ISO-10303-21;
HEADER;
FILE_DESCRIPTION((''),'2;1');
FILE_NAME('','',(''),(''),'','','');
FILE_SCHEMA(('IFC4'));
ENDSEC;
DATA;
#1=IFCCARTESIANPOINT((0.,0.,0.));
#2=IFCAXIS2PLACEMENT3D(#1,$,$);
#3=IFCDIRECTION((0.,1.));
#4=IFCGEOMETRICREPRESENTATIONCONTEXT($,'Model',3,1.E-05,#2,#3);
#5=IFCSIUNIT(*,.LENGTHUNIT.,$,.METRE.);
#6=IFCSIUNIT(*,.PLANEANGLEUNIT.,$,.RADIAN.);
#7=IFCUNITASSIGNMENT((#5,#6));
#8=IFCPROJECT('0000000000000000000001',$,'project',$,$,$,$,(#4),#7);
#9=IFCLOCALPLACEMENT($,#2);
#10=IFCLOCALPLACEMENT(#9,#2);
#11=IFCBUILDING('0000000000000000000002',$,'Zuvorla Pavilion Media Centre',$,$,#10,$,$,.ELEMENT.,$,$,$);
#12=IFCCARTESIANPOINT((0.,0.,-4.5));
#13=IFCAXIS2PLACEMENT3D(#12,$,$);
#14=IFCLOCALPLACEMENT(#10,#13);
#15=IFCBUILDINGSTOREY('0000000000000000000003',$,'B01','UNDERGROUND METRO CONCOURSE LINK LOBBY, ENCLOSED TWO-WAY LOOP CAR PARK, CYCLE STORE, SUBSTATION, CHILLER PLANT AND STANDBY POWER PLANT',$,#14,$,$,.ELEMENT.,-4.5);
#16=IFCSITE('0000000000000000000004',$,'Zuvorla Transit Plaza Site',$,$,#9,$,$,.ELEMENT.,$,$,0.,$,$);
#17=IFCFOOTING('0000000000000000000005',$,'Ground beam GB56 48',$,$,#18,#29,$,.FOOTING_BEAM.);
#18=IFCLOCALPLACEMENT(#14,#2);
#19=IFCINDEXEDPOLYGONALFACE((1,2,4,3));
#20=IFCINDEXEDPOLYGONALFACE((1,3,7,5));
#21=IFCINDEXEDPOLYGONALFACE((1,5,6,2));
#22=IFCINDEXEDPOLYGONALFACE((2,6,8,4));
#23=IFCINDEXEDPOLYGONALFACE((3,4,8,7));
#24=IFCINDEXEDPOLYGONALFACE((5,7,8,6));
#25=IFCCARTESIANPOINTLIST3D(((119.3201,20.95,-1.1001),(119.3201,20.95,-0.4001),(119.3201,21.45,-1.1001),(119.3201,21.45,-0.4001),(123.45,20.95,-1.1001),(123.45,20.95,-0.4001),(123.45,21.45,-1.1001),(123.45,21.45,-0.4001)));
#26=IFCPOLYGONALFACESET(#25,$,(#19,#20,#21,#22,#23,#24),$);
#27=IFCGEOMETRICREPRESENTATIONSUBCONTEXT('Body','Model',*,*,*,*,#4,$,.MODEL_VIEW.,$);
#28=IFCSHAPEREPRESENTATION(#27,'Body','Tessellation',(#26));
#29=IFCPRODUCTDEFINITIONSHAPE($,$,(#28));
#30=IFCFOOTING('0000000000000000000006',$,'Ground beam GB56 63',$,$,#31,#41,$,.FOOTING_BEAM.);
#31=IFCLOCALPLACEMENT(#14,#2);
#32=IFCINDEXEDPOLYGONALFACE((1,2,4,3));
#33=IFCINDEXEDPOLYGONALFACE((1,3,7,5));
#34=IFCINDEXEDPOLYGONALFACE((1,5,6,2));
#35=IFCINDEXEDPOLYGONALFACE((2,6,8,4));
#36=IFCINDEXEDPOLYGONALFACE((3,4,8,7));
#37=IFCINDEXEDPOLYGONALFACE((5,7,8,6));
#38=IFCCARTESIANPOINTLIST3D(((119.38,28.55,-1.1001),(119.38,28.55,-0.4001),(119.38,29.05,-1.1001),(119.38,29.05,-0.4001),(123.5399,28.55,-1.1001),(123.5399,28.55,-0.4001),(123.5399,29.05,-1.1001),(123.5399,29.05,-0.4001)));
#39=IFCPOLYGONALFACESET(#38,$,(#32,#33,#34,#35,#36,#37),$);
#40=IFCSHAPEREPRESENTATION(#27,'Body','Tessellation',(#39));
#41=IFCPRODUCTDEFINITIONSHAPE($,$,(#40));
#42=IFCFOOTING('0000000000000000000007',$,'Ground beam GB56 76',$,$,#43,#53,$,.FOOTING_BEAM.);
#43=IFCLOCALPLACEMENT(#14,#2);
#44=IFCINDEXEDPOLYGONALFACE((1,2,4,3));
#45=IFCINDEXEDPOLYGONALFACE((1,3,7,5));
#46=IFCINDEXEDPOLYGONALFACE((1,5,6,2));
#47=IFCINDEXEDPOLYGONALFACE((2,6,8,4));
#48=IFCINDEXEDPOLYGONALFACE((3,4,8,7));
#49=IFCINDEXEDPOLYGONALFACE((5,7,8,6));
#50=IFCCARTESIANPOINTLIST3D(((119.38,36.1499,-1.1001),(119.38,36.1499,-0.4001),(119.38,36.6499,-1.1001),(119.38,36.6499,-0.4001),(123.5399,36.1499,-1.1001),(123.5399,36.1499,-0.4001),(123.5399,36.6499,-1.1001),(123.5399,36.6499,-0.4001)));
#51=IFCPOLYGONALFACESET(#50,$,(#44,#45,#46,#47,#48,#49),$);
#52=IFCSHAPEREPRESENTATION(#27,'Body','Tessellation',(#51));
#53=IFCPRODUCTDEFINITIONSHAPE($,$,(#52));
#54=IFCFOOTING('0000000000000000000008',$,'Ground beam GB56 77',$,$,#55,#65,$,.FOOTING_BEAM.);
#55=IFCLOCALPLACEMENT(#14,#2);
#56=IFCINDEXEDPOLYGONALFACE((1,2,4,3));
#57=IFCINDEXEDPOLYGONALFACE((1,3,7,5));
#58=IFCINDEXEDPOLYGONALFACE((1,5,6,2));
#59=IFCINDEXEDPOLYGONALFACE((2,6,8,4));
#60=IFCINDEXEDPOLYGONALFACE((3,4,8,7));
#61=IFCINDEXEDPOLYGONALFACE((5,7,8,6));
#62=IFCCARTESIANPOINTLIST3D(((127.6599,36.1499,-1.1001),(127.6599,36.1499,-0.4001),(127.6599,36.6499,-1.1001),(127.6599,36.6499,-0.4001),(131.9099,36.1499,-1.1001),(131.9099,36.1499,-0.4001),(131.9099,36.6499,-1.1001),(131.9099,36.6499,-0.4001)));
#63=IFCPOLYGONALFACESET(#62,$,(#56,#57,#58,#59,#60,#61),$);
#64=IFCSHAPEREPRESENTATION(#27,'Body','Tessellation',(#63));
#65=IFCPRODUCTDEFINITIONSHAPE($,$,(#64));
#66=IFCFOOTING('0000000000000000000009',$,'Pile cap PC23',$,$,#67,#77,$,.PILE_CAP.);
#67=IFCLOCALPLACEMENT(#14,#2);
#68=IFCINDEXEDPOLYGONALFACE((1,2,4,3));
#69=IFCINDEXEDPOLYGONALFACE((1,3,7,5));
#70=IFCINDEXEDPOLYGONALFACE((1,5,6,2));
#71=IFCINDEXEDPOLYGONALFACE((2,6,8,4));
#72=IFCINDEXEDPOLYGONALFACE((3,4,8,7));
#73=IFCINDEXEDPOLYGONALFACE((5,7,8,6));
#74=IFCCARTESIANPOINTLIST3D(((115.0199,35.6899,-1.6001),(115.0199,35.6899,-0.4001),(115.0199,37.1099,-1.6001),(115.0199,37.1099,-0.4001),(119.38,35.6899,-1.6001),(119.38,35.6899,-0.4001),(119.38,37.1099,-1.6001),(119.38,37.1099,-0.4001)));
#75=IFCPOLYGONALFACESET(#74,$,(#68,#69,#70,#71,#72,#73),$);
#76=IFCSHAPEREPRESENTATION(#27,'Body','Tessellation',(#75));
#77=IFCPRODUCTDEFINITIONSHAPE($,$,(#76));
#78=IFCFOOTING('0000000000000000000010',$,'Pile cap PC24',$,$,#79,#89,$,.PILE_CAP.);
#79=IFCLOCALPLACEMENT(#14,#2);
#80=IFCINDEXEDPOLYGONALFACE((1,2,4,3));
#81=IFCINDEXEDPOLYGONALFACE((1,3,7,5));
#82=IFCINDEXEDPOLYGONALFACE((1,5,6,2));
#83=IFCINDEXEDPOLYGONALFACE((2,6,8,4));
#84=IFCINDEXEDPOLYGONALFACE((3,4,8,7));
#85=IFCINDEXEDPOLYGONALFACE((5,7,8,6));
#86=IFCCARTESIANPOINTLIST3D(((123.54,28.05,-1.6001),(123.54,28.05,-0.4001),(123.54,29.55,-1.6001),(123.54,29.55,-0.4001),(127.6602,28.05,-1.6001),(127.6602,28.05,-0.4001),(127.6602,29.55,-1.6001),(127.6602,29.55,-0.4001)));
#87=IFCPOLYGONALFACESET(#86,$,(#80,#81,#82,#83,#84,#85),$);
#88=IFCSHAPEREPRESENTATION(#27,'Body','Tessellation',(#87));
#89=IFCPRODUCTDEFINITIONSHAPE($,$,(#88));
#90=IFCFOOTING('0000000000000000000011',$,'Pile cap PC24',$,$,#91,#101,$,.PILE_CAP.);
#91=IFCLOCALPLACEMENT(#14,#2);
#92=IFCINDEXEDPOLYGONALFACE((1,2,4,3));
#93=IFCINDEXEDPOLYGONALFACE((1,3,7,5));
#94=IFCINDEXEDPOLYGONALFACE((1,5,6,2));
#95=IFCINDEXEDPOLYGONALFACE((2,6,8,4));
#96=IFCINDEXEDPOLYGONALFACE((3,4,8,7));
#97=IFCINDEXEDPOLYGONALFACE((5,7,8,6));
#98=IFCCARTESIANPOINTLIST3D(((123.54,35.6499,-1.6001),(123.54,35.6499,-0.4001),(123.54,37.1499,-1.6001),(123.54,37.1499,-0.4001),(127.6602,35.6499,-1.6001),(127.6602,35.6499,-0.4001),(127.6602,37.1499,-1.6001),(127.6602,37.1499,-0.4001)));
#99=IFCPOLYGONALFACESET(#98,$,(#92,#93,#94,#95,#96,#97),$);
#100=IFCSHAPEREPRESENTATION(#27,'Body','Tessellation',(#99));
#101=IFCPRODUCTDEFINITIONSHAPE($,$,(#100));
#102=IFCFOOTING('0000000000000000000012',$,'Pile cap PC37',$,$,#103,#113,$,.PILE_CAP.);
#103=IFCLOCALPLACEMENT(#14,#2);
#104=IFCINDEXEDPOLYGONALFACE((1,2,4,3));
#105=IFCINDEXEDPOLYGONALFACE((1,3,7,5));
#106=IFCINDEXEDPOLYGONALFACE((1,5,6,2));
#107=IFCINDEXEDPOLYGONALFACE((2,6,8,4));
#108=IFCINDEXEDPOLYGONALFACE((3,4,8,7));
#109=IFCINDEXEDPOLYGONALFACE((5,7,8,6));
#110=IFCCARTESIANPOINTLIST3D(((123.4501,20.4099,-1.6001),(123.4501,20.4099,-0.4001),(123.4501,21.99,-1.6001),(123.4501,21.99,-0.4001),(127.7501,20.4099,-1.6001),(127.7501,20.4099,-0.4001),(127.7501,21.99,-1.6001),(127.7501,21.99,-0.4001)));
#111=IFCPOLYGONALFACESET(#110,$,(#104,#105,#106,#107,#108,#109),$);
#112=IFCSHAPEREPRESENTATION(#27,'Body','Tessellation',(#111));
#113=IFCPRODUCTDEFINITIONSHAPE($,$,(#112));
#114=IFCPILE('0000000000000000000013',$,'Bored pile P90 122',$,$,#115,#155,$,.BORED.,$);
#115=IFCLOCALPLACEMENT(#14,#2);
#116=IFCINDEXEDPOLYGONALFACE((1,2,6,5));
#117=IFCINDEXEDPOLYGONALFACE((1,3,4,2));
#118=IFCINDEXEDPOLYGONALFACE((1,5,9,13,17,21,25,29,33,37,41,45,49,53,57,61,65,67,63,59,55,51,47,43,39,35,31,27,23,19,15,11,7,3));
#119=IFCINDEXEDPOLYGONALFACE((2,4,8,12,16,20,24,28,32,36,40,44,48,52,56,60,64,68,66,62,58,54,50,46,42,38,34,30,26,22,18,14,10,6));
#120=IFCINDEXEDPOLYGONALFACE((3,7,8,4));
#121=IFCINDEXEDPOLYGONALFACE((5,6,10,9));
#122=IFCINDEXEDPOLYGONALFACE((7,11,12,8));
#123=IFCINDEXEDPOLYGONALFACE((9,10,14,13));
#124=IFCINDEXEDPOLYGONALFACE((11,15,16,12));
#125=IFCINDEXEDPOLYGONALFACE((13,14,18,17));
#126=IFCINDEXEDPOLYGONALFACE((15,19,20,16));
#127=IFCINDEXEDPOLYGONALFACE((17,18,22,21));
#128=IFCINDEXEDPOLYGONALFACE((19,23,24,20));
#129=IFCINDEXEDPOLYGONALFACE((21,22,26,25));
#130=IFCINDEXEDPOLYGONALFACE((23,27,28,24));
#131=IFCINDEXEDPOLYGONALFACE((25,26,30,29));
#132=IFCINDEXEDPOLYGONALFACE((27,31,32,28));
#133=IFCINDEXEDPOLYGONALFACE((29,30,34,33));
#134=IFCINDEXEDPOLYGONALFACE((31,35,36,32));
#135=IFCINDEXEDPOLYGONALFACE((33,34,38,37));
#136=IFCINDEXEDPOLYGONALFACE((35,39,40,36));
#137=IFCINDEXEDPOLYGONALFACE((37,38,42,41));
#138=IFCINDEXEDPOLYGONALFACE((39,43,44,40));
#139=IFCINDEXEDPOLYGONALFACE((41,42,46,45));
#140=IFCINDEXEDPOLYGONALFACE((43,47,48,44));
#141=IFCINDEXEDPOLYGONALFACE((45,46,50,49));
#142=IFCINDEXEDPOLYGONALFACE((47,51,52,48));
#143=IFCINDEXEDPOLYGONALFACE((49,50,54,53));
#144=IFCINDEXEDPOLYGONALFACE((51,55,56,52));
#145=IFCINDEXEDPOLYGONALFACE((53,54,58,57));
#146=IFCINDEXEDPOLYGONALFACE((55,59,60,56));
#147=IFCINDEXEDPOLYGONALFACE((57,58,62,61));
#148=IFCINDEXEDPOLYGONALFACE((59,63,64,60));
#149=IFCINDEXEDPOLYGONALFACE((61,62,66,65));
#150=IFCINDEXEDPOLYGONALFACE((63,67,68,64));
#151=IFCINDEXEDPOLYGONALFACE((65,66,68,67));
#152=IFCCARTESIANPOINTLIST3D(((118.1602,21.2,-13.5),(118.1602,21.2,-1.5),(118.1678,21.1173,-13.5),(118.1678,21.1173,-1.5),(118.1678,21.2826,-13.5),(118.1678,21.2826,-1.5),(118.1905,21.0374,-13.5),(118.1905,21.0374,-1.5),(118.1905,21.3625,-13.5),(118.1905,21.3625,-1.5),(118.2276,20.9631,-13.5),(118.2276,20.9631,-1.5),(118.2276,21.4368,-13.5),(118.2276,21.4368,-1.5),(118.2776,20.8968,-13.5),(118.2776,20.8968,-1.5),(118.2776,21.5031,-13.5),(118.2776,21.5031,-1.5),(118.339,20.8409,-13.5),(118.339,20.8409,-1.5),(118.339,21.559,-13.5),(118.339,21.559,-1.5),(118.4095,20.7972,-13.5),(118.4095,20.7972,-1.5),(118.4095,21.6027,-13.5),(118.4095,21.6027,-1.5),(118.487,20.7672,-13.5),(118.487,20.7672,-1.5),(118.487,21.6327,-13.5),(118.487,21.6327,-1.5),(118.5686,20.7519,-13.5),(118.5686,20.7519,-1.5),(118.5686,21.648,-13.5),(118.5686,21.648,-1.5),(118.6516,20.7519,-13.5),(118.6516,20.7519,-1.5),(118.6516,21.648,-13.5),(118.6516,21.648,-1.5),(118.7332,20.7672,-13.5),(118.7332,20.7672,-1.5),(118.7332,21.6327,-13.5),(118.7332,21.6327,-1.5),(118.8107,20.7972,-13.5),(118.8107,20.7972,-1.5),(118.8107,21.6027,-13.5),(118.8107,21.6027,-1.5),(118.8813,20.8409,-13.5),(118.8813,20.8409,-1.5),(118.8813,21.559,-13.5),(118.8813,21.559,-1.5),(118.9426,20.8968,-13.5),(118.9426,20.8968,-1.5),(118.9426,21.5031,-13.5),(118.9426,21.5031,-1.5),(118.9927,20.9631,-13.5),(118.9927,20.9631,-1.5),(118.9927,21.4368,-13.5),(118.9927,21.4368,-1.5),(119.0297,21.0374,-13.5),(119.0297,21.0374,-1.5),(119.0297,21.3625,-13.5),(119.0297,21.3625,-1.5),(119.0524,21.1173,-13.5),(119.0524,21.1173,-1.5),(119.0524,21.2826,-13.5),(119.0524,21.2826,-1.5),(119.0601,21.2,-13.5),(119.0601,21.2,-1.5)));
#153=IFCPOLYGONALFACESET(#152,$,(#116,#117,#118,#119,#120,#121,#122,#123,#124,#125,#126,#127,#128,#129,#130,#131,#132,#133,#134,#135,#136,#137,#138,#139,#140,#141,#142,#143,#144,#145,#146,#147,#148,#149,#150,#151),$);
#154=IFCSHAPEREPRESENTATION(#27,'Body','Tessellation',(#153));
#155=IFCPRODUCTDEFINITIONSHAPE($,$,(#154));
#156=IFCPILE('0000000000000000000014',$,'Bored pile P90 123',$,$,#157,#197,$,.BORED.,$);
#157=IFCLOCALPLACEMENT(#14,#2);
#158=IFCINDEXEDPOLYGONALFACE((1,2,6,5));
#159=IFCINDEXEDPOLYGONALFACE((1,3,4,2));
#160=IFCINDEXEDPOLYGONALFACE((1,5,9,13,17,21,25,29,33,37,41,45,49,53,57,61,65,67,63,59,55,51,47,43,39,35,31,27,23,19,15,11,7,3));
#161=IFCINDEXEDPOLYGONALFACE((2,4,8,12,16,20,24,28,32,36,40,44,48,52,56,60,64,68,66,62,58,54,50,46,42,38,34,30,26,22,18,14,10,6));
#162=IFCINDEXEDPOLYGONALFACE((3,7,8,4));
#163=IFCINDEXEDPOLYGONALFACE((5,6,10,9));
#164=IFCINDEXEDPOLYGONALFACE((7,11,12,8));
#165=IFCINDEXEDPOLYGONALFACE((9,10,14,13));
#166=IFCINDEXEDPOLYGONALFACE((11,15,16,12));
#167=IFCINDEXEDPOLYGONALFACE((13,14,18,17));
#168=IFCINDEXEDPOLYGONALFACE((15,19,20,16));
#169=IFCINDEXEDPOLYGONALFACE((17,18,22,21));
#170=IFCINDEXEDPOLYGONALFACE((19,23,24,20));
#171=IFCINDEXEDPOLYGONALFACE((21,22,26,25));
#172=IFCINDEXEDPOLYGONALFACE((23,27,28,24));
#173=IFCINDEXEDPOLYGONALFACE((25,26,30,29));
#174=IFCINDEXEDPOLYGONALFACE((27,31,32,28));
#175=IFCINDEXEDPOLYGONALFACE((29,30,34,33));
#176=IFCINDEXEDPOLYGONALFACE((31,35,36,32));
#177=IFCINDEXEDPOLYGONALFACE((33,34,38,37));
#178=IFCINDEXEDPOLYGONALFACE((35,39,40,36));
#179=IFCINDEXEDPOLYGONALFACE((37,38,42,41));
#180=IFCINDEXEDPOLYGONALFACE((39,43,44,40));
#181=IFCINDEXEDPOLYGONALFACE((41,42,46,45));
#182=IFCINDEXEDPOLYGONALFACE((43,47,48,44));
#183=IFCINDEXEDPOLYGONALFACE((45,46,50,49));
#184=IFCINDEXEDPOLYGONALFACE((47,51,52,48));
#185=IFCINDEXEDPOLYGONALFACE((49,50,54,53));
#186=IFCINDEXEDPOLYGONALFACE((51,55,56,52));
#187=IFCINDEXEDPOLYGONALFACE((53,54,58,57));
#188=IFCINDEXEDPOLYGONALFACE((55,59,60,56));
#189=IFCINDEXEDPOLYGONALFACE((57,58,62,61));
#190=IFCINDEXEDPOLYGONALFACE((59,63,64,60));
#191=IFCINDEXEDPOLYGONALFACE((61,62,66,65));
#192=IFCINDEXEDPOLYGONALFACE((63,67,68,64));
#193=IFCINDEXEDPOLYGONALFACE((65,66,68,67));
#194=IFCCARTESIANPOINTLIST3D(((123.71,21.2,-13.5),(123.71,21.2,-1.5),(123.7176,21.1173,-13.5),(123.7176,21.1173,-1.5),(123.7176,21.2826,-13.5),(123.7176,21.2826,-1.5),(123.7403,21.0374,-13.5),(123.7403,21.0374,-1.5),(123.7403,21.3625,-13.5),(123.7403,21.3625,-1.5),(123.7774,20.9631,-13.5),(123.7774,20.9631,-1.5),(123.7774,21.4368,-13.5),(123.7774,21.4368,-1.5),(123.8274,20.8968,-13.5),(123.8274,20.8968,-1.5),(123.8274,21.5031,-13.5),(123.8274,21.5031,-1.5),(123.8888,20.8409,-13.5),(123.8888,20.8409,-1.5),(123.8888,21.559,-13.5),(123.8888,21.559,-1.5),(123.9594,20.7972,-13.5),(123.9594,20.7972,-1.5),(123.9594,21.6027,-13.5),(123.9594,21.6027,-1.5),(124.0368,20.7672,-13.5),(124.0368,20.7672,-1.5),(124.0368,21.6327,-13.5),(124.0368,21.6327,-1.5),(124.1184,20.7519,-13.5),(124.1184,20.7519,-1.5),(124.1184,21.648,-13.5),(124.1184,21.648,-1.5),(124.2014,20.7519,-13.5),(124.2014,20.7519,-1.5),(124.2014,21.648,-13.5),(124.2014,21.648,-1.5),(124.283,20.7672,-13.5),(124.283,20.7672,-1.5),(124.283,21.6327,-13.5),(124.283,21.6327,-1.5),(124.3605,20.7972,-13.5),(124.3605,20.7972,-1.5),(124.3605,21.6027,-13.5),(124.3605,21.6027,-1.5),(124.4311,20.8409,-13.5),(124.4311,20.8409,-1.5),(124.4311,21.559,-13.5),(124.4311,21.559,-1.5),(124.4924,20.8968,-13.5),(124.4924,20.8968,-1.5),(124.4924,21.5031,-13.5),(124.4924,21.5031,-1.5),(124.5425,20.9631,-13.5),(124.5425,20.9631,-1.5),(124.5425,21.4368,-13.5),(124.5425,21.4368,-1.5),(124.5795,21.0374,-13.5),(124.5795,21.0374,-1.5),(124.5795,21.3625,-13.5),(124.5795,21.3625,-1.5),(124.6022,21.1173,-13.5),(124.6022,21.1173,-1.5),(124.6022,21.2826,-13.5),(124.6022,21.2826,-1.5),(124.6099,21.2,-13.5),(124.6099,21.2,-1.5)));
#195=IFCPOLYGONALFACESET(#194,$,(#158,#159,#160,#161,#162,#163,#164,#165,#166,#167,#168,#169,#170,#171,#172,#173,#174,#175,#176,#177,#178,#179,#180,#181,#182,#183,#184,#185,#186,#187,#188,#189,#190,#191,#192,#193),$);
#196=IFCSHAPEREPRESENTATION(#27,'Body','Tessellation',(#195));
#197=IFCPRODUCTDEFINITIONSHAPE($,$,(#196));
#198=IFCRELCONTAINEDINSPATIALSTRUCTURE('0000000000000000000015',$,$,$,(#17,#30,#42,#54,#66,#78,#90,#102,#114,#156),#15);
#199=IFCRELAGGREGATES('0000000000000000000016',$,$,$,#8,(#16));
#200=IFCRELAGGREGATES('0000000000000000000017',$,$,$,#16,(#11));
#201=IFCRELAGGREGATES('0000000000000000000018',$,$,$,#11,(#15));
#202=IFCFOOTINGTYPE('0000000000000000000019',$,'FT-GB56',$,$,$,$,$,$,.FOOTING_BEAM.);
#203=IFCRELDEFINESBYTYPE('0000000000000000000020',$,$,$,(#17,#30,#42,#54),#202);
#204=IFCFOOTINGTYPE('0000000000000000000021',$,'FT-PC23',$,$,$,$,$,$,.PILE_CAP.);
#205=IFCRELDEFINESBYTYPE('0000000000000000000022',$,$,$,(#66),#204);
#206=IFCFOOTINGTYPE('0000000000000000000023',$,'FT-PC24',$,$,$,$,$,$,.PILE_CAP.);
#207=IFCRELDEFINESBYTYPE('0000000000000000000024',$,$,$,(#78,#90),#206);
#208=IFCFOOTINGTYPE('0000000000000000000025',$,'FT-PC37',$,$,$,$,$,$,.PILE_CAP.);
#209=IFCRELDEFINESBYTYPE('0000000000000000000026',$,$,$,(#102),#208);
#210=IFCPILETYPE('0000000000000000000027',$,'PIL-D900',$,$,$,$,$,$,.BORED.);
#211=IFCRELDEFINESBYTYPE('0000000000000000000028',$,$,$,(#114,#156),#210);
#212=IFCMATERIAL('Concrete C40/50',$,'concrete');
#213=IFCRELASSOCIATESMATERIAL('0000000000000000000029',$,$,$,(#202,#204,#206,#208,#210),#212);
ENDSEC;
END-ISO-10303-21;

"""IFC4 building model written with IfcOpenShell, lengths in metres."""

from ifc_helpers import new_model, si_unit, direction, frame, origin, origin_2d, place, context, subcontext, project, spatial, rectangle, circle, extrude, material, material_profile, profile_set, type_object, element, save


model = new_model("IFC4")

# Units and contexts
model_context = context("Model", 3, precision=1e-05, world=origin(), true_north=direction((0.0, 1.0)))
body_context = subcontext(model_context, "Body", "Model", "MODEL_VIEW")
ifc_project = project(units=[si_unit("LENGTHUNIT", "METRE"), si_unit("PLANEANGLEUNIT", "RADIAN")], contexts=[model_context])

# Site, building, storey
site_placement = place(None, origin())
site = spatial("IfcSite", under=ifc_project, at=site_placement, Name="Zuvorla Transit Plaza Site", CompositionType="ELEMENT", RefElevation=0.0)
building_placement = place(site_placement, origin())
building = spatial("IfcBuilding", under=site, at=building_placement, Name="Zuvorla Pavilion Media Centre", CompositionType="ELEMENT")
storey_placement = place(building_placement, frame((0.0, 0.0, -4.5)))
storey = spatial("IfcBuildingStorey", under=building, at=storey_placement, Name="B01", Description="UNDERGROUND METRO CONCOURSE LINK LOBBY, ENCLOSED TWO-WAY LOOP CAR PARK, CYCLE STORE, SUBSTATION, CHILLER PLANT AND STANDBY POWER PLANT", CompositionType="ELEMENT", Elevation=-4.5)

# Footings
ifc_material = material(Name="Concrete C40/50", Category="concrete")
footing_type_1 = type_object("IfcFootingType", Name="FT-GB56", PredefinedType="FOOTING_BEAM", material=ifc_material)
footing_1_placement = place(storey_placement, frame((121.385, 21.2, -1.1001), z_axis=(0.0, 0.0, 1.0), x_axis=(1.0, 0.0, 0.0)))
element("IfcFooting", 1, at=footing_1_placement, inside=storey, type_object=footing_type_1, Name="Ground beam GB56 48", PredefinedType="FOOTING_BEAM", context=body_context, shape_type="SweptSolid", body=[
    extrude(rectangle(XDim=4.1299, YDim=0.5, at=origin_2d()), origin(), (0.0, 0.0, 1.0), 0.7),
])
for number, where, z_axis, x_axis, name in (
    (2, (121.46, 28.8, -1.1001), (0.0, 0.0, 1.0), (1.0, 0.0, 0.0), "Ground beam GB56 63"),
    (3, (121.46, 36.3999, -1.1001), (0.0, 0.0, 1.0), (1.0, 0.0, 0.0), "Ground beam GB56 76"),
):
    element("IfcFooting", number, at=place(storey_placement, frame(where, z_axis=z_axis, x_axis=x_axis)), inside=storey, type_object=footing_type_1, Name=name, PredefinedType="FOOTING_BEAM", context=body_context, shape_type="SweptSolid", body=[
        extrude(rectangle(XDim=4.1599, YDim=0.5, at=origin_2d()), origin(), (0.0, 0.0, 1.0), 0.7),
    ])
footing_2_placement = place(storey_placement, frame((129.7849, 36.3999, -1.1001), z_axis=(0.0, 0.0, 1.0), x_axis=(1.0, 0.0, 0.0)))
element("IfcFooting", 4, at=footing_2_placement, inside=storey, type_object=footing_type_1, Name="Ground beam GB56 77", PredefinedType="FOOTING_BEAM", context=body_context, shape_type="SweptSolid", body=[
    extrude(rectangle(XDim=4.25, YDim=0.5, at=origin_2d()), origin(), (0.0, 0.0, 1.0), 0.7),
])
footing_type_2 = type_object("IfcFootingType", Name="FT-PC23", PredefinedType="PILE_CAP", material=ifc_material)
footing_3_placement = place(storey_placement, frame((117.2, 36.3999, -1.6001), z_axis=(0.0, 0.0, 1.0), x_axis=(1.0, 0.0, 0.0)))
element("IfcFooting", 5, at=footing_3_placement, inside=storey, type_object=footing_type_2, Name="Pile cap PC23", PredefinedType="PILE_CAP", context=body_context, shape_type="SweptSolid", body=[
    extrude(rectangle(XDim=4.3601, YDim=1.4199, at=origin_2d()), origin(), (0.0, 0.0, 1.0), 1.2),
])
footing_type_3 = type_object("IfcFootingType", Name="FT-PC24", PredefinedType="PILE_CAP", material=ifc_material)
for number, where, z_axis, x_axis, name in (
    (6, (125.6001, 28.8, -1.6001), (0.0, 0.0, 1.0), (1.0, 0.0, 0.0), "Pile cap PC24"),
    (7, (125.6001, 36.3999, -1.6001), (0.0, 0.0, 1.0), (1.0, 0.0, 0.0), "Pile cap PC24"),
):
    element("IfcFooting", number, at=place(storey_placement, frame(where, z_axis=z_axis, x_axis=x_axis)), inside=storey, type_object=footing_type_3, Name=name, PredefinedType="PILE_CAP", context=body_context, shape_type="SweptSolid", body=[
        extrude(rectangle(XDim=4.1201, YDim=1.5, at=origin_2d()), origin(), (0.0, 0.0, 1.0), 1.2),
    ])
footing_type_4 = type_object("IfcFootingType", Name="FT-PC37", PredefinedType="PILE_CAP", material=ifc_material)
footing_4_placement = place(storey_placement, frame((125.6001, 21.2, -1.6001), z_axis=(0.0, 0.0, 1.0), x_axis=(1.0, 0.0, 0.0)))
element("IfcFooting", 8, at=footing_4_placement, inside=storey, type_object=footing_type_4, Name="Pile cap PC37", PredefinedType="PILE_CAP", context=body_context, shape_type="SweptSolid", body=[
    extrude(rectangle(XDim=4.3, YDim=1.5801, at=origin_2d()), origin(), (0.0, 0.0, 1.0), 1.2),
])

# Piles
ifc_material_profile_1 = material_profile(ifc_material, circle(Radius=0.45, at=origin_2d()), Name="BORED PILE 900")
ifc_profile_set_1 = profile_set([ifc_material_profile_1], Name="Concrete C40/50")
pile_type = type_object("IfcPileType", Name="PIL-D900", PredefinedType="BORED", material=ifc_profile_set_1)
for number, where, z_axis, x_axis, name in (
    (9, (118.6101, 21.2, -1.5), (0.0, 0.0, -1.0), (1.0, 0.0, 0.0), "Bored pile P90 122"),
    (10, (124.1599, 21.2, -1.5), (0.0, 0.0, -1.0), (1.0, 0.0, 0.0), "Bored pile P90 123"),
):
    element("IfcPile", number, at=place(storey_placement, frame(where, z_axis=z_axis, x_axis=x_axis)), inside=storey, type_object=pile_type, Name=name, PredefinedType="BORED", context=body_context, shape_type="SweptSolid", body=[
        extrude(circle(Radius=0.45, at=origin_2d()), origin(), (0.0, 0.0, 1.0), 12.0),
    ])

save(model, "model.ifc")
